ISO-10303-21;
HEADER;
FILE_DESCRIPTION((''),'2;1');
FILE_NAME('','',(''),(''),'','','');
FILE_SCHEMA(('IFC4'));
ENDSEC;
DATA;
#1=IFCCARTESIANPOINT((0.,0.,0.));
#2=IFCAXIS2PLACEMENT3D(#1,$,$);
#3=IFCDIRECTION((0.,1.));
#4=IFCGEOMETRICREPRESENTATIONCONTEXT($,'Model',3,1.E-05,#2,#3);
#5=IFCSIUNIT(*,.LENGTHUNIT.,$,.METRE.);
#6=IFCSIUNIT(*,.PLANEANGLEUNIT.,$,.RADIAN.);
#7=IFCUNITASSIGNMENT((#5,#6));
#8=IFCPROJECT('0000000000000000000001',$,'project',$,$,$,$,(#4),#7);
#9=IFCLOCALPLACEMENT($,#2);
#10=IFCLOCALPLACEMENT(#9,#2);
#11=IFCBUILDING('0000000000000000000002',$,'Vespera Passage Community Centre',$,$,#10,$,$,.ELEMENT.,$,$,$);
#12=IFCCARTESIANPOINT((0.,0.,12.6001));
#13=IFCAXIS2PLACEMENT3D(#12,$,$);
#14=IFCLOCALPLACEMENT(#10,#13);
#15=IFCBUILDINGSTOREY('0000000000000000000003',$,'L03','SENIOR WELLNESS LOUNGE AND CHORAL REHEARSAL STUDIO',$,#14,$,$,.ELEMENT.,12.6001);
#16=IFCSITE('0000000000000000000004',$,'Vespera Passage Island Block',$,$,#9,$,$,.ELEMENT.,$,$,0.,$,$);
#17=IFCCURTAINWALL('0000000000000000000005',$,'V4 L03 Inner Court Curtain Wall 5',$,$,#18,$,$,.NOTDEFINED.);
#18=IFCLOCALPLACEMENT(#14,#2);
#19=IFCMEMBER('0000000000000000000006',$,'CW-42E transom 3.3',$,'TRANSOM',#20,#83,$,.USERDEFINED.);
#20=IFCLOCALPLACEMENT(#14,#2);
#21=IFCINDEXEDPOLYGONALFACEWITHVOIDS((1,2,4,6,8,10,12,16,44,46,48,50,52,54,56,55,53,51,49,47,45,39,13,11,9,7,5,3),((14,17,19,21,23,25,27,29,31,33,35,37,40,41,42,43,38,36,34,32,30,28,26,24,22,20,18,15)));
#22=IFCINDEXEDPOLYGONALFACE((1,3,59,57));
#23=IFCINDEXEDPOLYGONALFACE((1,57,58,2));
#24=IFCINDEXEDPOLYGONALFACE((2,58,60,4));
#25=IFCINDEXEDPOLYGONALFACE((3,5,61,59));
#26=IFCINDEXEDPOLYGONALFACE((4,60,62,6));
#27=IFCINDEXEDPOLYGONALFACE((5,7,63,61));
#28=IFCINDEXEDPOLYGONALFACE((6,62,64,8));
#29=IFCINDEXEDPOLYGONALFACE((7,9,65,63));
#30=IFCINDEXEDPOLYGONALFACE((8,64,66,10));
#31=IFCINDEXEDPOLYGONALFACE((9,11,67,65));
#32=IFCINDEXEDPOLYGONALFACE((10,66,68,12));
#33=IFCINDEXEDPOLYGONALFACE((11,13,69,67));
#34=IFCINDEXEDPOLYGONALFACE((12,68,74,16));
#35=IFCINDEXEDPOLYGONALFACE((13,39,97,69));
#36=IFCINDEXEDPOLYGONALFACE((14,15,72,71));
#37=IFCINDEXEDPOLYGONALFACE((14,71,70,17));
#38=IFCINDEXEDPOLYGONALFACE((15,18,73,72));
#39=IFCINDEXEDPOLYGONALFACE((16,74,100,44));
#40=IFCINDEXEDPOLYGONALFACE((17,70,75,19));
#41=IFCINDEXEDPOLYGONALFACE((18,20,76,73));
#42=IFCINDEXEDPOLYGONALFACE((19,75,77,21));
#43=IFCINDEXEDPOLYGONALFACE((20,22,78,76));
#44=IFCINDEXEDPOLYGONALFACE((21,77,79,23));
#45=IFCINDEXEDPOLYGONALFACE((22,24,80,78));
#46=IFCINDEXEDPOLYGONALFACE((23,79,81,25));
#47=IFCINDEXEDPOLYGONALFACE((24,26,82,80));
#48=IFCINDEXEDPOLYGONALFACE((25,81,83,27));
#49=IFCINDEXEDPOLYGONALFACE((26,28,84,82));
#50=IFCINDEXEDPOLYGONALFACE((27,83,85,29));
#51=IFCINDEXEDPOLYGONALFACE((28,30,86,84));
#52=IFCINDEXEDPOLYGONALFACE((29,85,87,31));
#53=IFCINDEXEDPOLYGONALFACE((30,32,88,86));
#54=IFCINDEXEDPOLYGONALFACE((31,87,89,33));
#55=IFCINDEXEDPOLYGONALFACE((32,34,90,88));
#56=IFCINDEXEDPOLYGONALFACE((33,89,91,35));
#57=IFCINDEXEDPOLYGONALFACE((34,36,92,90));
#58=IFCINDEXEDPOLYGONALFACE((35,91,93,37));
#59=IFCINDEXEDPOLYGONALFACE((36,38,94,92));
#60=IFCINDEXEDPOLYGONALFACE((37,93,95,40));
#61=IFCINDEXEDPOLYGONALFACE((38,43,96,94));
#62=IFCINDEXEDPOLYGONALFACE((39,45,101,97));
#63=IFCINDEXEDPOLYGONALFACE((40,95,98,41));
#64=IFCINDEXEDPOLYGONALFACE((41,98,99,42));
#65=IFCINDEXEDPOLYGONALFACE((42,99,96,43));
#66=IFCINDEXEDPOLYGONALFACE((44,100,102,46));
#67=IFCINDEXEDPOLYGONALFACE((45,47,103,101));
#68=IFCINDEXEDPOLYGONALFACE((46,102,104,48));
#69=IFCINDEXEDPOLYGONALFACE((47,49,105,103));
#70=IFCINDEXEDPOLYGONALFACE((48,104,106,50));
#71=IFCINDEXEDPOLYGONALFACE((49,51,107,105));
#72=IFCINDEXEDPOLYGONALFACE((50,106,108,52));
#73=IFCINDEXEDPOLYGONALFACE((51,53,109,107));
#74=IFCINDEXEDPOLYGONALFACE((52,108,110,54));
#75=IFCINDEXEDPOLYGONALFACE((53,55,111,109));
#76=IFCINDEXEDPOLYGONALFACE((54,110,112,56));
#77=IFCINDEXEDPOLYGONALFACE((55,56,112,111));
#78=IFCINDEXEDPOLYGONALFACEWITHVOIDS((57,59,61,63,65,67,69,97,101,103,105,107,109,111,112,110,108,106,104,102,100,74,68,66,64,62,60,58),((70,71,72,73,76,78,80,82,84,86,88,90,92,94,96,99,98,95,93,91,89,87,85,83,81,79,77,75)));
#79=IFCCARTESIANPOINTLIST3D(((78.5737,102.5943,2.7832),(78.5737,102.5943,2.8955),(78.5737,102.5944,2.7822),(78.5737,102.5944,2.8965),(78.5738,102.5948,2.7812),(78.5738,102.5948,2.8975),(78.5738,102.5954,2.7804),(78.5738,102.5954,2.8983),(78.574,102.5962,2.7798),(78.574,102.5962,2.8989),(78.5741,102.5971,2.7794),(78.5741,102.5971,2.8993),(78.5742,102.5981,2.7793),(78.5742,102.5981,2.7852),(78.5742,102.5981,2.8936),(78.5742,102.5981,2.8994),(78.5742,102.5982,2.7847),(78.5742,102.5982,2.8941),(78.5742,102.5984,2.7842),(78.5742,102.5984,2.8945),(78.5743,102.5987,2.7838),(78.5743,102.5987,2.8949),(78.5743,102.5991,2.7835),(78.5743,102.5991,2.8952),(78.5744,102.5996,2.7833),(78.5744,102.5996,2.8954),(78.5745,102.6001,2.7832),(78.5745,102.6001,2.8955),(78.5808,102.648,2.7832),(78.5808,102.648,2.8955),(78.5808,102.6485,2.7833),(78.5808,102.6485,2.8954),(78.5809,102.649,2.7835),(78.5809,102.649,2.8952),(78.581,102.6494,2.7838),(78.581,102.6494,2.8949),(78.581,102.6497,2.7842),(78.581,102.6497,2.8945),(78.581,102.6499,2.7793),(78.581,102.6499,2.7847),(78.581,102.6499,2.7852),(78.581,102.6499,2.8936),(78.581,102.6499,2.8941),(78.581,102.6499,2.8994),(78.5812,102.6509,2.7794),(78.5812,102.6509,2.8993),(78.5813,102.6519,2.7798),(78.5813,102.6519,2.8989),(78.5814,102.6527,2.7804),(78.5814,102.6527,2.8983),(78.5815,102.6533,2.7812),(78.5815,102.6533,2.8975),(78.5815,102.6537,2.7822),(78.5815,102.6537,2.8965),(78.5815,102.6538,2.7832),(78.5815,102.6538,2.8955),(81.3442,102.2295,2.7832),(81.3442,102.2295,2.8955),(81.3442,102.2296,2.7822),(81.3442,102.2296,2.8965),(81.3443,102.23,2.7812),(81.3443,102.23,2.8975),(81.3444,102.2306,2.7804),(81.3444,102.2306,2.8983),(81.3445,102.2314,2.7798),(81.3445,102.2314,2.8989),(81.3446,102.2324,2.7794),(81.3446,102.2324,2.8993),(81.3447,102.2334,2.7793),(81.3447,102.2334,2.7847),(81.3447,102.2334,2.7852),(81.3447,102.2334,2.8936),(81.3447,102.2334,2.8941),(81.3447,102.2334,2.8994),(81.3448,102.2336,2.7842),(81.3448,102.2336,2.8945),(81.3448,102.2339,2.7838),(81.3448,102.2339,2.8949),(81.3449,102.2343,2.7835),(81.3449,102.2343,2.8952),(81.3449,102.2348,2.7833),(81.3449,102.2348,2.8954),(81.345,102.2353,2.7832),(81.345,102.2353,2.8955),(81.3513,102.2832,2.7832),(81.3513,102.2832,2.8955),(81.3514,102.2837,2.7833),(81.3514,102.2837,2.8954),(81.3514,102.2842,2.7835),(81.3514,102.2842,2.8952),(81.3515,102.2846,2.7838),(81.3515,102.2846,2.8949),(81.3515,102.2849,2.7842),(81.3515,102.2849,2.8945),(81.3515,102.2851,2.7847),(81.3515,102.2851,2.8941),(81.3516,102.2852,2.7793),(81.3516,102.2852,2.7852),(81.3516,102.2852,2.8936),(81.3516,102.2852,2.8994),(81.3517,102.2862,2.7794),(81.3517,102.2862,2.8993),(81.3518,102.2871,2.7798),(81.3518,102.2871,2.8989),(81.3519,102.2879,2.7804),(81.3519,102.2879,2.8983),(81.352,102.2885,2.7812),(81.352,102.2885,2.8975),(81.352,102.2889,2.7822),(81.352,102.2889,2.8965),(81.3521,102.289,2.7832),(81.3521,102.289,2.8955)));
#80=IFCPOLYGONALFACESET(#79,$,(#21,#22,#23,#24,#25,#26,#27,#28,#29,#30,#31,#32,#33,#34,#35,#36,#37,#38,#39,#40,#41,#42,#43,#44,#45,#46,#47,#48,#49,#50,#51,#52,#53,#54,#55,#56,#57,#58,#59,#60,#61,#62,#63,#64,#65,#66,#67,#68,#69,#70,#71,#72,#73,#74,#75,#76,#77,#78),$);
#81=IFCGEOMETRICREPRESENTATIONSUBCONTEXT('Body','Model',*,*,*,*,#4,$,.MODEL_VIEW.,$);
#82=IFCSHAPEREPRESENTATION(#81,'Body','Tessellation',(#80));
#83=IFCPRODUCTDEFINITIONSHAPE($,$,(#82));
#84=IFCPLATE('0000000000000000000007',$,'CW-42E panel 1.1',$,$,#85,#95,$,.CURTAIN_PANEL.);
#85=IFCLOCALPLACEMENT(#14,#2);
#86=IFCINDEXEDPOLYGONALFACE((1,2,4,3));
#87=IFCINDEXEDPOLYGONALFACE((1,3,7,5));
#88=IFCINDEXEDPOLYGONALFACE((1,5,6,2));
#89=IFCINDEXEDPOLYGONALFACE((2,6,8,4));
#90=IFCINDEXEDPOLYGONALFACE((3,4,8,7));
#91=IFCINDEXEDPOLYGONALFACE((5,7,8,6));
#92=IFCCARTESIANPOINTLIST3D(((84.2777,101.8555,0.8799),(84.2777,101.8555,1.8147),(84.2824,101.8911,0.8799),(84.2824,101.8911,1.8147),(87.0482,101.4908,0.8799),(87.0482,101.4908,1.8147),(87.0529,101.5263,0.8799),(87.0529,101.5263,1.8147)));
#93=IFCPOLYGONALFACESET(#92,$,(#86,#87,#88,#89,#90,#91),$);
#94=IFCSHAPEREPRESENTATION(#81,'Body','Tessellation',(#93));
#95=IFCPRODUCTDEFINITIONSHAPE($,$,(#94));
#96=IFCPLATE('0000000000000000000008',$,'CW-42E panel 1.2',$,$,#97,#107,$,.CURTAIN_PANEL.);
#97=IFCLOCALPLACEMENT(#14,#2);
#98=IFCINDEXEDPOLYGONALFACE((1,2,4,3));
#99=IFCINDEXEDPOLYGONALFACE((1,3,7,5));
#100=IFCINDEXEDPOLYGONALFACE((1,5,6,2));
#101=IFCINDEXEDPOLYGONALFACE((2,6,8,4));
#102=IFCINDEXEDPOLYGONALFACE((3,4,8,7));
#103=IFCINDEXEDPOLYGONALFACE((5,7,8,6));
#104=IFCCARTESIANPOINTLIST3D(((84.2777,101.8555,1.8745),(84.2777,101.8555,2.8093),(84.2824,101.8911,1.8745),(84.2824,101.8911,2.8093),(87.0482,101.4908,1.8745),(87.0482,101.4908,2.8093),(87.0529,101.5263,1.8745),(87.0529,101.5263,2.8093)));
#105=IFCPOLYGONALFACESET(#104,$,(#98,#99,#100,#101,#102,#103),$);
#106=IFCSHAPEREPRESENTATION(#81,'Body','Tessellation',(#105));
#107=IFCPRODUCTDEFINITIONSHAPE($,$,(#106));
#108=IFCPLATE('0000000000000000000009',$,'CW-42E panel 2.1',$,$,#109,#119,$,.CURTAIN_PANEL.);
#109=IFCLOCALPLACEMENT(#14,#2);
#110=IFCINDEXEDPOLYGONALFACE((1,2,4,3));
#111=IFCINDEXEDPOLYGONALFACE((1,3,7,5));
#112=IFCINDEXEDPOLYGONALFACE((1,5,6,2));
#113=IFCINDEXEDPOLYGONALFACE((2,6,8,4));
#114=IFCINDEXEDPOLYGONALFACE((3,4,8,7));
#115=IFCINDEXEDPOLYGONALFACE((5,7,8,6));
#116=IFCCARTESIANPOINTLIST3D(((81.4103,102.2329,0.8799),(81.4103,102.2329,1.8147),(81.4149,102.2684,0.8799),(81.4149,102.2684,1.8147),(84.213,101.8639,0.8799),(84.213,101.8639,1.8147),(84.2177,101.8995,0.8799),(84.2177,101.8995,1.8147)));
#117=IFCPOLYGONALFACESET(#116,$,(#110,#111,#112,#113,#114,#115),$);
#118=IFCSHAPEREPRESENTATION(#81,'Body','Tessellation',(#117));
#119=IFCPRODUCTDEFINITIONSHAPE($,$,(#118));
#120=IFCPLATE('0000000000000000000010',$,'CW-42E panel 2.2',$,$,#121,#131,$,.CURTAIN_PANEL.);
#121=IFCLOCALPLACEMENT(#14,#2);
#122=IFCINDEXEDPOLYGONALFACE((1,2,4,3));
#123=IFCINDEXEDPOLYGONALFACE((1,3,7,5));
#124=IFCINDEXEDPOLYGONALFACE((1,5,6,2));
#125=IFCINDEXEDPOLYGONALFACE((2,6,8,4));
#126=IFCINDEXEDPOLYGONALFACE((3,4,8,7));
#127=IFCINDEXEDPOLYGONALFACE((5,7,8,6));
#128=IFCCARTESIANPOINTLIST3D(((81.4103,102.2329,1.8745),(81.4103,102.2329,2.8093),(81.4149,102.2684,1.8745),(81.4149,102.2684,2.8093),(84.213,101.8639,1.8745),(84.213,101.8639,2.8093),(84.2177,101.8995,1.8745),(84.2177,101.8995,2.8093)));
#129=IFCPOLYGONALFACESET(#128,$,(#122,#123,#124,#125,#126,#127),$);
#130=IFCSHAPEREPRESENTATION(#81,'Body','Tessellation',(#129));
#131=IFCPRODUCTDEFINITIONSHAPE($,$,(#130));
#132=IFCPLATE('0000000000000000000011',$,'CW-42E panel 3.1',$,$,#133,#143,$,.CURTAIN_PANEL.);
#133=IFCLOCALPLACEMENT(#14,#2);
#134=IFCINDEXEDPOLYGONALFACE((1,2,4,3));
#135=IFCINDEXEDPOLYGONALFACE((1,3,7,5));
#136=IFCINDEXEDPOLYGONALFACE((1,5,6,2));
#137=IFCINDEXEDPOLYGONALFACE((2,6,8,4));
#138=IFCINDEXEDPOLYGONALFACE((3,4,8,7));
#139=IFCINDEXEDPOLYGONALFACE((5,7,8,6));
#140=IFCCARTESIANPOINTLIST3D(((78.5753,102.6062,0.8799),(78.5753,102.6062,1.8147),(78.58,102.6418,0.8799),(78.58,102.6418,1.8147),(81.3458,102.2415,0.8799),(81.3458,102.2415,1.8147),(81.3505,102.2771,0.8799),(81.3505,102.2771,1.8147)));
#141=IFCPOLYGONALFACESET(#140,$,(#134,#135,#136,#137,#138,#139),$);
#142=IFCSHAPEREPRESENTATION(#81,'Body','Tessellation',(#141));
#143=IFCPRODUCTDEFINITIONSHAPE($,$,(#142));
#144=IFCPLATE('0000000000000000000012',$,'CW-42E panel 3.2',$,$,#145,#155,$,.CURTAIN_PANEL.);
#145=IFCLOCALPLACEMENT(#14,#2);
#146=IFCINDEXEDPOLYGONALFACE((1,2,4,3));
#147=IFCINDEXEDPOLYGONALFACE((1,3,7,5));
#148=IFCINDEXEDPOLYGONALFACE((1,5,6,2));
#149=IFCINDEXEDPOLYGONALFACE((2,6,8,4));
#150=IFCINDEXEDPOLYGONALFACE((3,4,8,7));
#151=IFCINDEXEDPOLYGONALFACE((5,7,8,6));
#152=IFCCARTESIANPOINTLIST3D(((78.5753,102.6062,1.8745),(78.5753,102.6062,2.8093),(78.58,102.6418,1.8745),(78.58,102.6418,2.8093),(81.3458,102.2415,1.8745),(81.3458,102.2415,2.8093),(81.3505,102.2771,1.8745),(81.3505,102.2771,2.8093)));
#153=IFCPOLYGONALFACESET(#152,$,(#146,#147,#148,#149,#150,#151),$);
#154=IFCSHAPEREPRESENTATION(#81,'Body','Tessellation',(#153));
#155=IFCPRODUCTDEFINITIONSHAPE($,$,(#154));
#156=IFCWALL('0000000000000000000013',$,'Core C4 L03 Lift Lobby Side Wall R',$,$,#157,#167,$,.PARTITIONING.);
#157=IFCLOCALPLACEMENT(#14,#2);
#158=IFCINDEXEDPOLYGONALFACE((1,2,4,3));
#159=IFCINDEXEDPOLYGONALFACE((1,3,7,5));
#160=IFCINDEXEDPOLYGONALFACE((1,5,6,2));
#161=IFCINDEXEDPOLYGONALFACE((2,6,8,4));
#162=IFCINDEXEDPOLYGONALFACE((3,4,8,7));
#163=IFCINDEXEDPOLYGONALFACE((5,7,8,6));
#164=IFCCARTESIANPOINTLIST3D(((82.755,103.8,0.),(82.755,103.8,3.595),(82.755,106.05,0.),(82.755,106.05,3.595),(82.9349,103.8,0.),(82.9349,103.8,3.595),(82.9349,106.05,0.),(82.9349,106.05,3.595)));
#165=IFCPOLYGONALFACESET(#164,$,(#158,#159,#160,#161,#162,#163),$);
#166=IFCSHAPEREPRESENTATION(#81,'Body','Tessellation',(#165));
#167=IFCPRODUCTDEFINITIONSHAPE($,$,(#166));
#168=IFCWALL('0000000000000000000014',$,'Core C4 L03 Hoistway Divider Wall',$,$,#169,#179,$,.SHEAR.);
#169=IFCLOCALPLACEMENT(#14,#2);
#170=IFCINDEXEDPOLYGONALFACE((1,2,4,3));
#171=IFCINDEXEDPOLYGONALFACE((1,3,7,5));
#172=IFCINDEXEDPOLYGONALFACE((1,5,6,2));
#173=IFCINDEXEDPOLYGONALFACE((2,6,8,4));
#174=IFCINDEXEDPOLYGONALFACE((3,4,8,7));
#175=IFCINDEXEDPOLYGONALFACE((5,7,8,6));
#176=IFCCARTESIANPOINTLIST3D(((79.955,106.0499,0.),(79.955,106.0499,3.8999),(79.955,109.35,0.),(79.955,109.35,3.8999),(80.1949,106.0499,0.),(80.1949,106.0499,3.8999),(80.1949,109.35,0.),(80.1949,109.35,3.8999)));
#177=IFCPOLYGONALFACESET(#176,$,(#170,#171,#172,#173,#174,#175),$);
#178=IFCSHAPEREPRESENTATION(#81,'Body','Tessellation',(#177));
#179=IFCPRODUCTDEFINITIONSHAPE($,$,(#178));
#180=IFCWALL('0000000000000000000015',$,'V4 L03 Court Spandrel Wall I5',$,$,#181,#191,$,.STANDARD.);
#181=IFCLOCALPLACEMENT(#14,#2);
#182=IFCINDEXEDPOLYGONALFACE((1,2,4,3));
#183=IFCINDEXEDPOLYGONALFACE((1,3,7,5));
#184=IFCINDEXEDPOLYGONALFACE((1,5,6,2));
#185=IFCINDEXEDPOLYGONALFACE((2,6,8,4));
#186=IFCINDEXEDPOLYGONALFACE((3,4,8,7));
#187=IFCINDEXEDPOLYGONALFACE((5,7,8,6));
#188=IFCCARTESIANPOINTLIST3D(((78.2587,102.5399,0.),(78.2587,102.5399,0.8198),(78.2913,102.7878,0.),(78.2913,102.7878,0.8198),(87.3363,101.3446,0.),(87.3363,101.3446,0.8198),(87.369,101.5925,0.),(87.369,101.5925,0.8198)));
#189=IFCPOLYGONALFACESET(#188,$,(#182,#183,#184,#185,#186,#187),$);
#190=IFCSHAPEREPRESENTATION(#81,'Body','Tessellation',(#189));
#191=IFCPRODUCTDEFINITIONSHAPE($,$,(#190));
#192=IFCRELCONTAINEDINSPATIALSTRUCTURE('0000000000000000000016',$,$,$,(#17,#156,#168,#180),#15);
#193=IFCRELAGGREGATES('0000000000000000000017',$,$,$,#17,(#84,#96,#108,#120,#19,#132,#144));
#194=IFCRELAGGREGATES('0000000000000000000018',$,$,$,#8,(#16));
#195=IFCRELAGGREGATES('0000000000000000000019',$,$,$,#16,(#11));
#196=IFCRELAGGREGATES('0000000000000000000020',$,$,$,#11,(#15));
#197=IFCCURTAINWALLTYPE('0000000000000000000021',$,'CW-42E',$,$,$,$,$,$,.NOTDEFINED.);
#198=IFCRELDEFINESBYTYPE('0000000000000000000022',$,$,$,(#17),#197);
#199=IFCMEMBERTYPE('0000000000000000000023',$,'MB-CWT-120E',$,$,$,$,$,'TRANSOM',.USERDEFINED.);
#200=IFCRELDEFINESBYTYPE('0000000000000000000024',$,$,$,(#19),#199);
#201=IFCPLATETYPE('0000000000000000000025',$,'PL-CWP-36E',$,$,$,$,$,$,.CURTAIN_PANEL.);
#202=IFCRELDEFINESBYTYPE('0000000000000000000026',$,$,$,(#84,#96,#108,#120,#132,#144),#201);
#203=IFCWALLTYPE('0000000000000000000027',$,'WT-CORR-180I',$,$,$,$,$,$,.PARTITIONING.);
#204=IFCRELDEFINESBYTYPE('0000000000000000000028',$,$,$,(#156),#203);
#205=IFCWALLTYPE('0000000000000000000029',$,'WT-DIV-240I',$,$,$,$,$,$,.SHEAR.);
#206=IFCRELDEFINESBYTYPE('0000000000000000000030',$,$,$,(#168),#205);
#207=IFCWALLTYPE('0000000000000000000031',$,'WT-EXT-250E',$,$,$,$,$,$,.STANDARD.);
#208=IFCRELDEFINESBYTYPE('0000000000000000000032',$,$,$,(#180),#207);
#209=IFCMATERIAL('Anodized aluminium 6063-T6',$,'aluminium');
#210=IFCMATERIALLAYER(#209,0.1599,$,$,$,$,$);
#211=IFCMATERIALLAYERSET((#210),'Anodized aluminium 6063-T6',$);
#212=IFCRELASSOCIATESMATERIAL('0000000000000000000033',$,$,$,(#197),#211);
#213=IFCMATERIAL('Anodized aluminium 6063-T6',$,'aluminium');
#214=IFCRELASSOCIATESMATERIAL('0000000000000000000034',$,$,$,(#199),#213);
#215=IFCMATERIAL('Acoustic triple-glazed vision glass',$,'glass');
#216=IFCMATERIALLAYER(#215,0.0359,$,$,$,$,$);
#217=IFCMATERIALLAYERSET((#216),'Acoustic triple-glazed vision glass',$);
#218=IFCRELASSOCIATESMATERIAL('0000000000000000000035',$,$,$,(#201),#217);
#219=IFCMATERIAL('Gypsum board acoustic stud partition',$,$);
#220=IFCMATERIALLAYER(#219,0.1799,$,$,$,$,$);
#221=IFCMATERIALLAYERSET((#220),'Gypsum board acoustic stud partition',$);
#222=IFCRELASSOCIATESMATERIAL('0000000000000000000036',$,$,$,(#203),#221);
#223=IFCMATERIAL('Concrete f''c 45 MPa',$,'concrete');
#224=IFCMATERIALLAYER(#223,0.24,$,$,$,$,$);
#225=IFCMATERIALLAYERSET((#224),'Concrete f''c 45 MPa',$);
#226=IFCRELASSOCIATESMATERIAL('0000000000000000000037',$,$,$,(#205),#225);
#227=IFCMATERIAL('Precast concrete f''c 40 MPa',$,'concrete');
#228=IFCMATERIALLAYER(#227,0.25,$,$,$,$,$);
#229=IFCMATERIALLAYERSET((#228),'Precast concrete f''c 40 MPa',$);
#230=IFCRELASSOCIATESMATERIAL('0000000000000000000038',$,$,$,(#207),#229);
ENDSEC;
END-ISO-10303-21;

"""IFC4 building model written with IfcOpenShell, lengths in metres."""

from ifc_helpers import new_model, si_unit, direction, frame, frame_2d, origin, origin_2d, place, context, subcontext, project, spatial, rectangle, hollow_rectangle, extrude, material, layer, layer_set, material_profile, profile_set, type_object, element, aggregate, save


model = new_model("IFC4")

# Units and contexts
model_context = context("Model", 3, precision=1e-05, world=origin(), true_north=direction((0.0, 1.0)))
body_context = subcontext(model_context, "Body", "Model", "MODEL_VIEW")
ifc_project = project(units=[si_unit("LENGTHUNIT", "METRE"), si_unit("PLANEANGLEUNIT", "RADIAN")], contexts=[model_context])

# Site, building, storey
site_placement = place(None, origin())
site = spatial("IfcSite", under=ifc_project, at=site_placement, Name="Vespera Passage Island Block", CompositionType="ELEMENT", RefElevation=0.0)
building_placement = place(site_placement, origin())
building = spatial("IfcBuilding", under=site, at=building_placement, Name="Vespera Passage Community Centre", CompositionType="ELEMENT")
storey_placement = place(building_placement, frame((0.0, 0.0, 12.6001)))
storey = spatial("IfcBuildingStorey", under=building, at=storey_placement, Name="L03", Description="SENIOR WELLNESS LOUNGE AND CHORAL REHEARSAL STUDIO", CompositionType="ELEMENT", Elevation=12.6001)

# Curtain wall, member, plates
ifc_material_1 = material(Name="Anodized aluminium 6063-T6", Category="aluminium")
ifc_layer_1 = layer(ifc_material_1, 0.1599)
ifc_layer_set_1 = layer_set([ifc_layer_1], Name="Anodized aluminium 6063-T6")
curtain_wall_type = type_object("IfcCurtainWallType", Name="CW-42E", PredefinedType="NOTDEFINED", material=ifc_layer_set_1)
curtain_wall_placement = place(storey_placement, origin())
curtain_wall = element("IfcCurtainWall", 1, at=curtain_wall_placement, inside=storey, type_object=curtain_wall_type, Name="V4 L03 Inner Court Curtain Wall 5", PredefinedType="NOTDEFINED")
ifc_material_2 = material(Name="Anodized aluminium 6063-T6", Category="aluminium")
ifc_material_profile_1 = material_profile(ifc_material_2, hollow_rectangle(XDim=0.0601, YDim=0.1201, WallThickness=0.0039, InnerFilletRadius=0.002, OuterFilletRadius=0.0039, at=origin_2d()), Name="ALU120X60X4")
ifc_profile_set_1 = profile_set([ifc_material_profile_1], Name="Anodized aluminium 6063-T6")
member_type_1 = type_object("IfcMemberType", Name="MB-CWT-120E", ElementType="TRANSOM", PredefinedType="USERDEFINED", material=ifc_profile_set_1)
member_1_placement = place(storey_placement, frame((81.3481, 102.2593, 2.8394), z_axis=(-0.991445, 0.130527, 0.0), x_axis=(-0.130527, -0.991445, 0.0)))
member_1 = element("IfcMember", 2, at=member_1_placement, type_object=member_type_1, Name="CW-42E transom 3.3", ObjectType="TRANSOM", PredefinedType="USERDEFINED", context=body_context, shape_type="SweptSolid", body=[
    extrude(hollow_rectangle(XDim=0.0601, YDim=0.1201, WallThickness=0.0039, InnerFilletRadius=0.002, OuterFilletRadius=0.0039, at=origin_2d()), origin(), (0.0, 0.0, 1.0), 2.7944),
])
ifc_material_3 = material(Name="Acoustic triple-glazed vision glass", Category="glass")
ifc_layer_2 = layer(ifc_material_3, 0.0359)
ifc_layer_set_2 = layer_set([ifc_layer_2], Name="Acoustic triple-glazed vision glass")
plate_type = type_object("IfcPlateType", Name="PL-CWP-36E", PredefinedType="CURTAIN_PANEL", material=ifc_layer_set_2)
plate_1_placement = place(storey_placement, frame((85.6653, 101.6909, 0.8799), z_axis=(0.0, 0.0, 1.0), x_axis=(-0.991445, 0.130522, 0.0)))
plate_1 = element("IfcPlate", 3, at=plate_1_placement, type_object=plate_type, Name="CW-42E panel 1.1", PredefinedType="CURTAIN_PANEL", context=body_context, shape_type="SweptSolid", body=[
    extrude(rectangle(XDim=2.7944, YDim=0.0359, at=origin_2d()), origin(), (0.0, 0.0, 1.0), 0.9348),
])
plate_2_placement = place(storey_placement, frame((85.6653, 101.6909, 1.8745), z_axis=(0.0, 0.0, 1.0), x_axis=(-0.991445, 0.130522, 0.0)))
plate_2 = element("IfcPlate", 4, at=plate_2_placement, type_object=plate_type, Name="CW-42E panel 1.2", PredefinedType="CURTAIN_PANEL", context=body_context, shape_type="SweptSolid", body=[
    extrude(rectangle(XDim=2.7944, YDim=0.0359, at=origin_2d()), origin(), (0.0, 0.0, 1.0), 0.9348),
])
plate_3_placement = place(storey_placement, frame((82.814, 102.0662, 0.8799), z_axis=(0.0, 0.0, 1.0), x_axis=(-0.991445, 0.130522, 0.0)))
plate_3 = element("IfcPlate", 5, at=plate_3_placement, type_object=plate_type, Name="CW-42E panel 2.1", PredefinedType="CURTAIN_PANEL", context=body_context, shape_type="SweptSolid", body=[
    extrude(rectangle(XDim=2.8269, YDim=0.0359, at=origin_2d()), origin(), (0.0, 0.0, 1.0), 0.9348),
])
plate_4_placement = place(storey_placement, frame((82.814, 102.0662, 1.8745), z_axis=(0.0, 0.0, 1.0), x_axis=(-0.991445, 0.130522, 0.0)))
plate_4 = element("IfcPlate", 6, at=plate_4_placement, type_object=plate_type, Name="CW-42E panel 2.2", PredefinedType="CURTAIN_PANEL", context=body_context, shape_type="SweptSolid", body=[
    extrude(rectangle(XDim=2.8269, YDim=0.0359, at=origin_2d()), origin(), (0.0, 0.0, 1.0), 0.9348),
])
plate_5_placement = place(storey_placement, frame((79.9629, 102.4417, 0.8799), z_axis=(0.0, 0.0, 1.0), x_axis=(-0.991445, 0.130522, 0.0)))
plate_5 = element("IfcPlate", 7, at=plate_5_placement, type_object=plate_type, Name="CW-42E panel 3.1", PredefinedType="CURTAIN_PANEL", context=body_context, shape_type="SweptSolid", body=[
    extrude(rectangle(XDim=2.7944, YDim=0.0359, at=origin_2d()), origin(), (0.0, 0.0, 1.0), 0.9348),
])
plate_6_placement = place(storey_placement, frame((79.9629, 102.4417, 1.8745), z_axis=(0.0, 0.0, 1.0), x_axis=(-0.991445, 0.130522, 0.0)))
plate_6 = element("IfcPlate", 8, at=plate_6_placement, type_object=plate_type, Name="CW-42E panel 3.2", PredefinedType="CURTAIN_PANEL", context=body_context, shape_type="SweptSolid", body=[
    extrude(rectangle(XDim=2.7944, YDim=0.0359, at=origin_2d()), origin(), (0.0, 0.0, 1.0), 0.9348),
])
aggregate(curtain_wall, [plate_1, plate_2, plate_3, plate_4, member_1, plate_5, plate_6])

# Walls
ifc_material_4 = material(Name="Gypsum board acoustic stud partition")
ifc_layer_3 = layer(ifc_material_4, 0.1799)
ifc_layer_set_3 = layer_set([ifc_layer_3], Name="Gypsum board acoustic stud partition")
wall_type_1 = type_object("IfcWallType", Name="WT-CORR-180I", PredefinedType="PARTITIONING", material=ifc_layer_set_3)
wall_1_placement = place(storey_placement, frame((82.845, 106.05, 0.0), z_axis=(0.0, 0.0, 1.0), x_axis=(0.0, -1.0, 0.0)))
element("IfcWall", 9, at=wall_1_placement, inside=storey, type_object=wall_type_1, Name="Core C4 L03 Lift Lobby Side Wall R", PredefinedType="PARTITIONING", context=body_context, shape_type="SweptSolid", body=[
    extrude(rectangle(XDim=2.25, YDim=0.1799, at=frame_2d((1.125, 0.0))), origin(), (0.0, 0.0, 1.0), 3.595),
])
ifc_material_5 = material(Name="Concrete f'c 45 MPa", Category="concrete")
ifc_layer_4 = layer(ifc_material_5, 0.24)
ifc_layer_set_4 = layer_set([ifc_layer_4], Name="Concrete f'c 45 MPa")
wall_type_2 = type_object("IfcWallType", Name="WT-DIV-240I", PredefinedType="SHEAR", material=ifc_layer_set_4)
wall_2_placement = place(storey_placement, frame((80.075, 106.05, 0.0), z_axis=(0.0, 0.0, 1.0), x_axis=(0.0, 1.0, 0.0)))
element("IfcWall", 10, at=wall_2_placement, inside=storey, type_object=wall_type_2, Name="Core C4 L03 Hoistway Divider Wall", PredefinedType="SHEAR", context=body_context, shape_type="SweptSolid", body=[
    extrude(rectangle(XDim=3.3, YDim=0.24, at=frame_2d((1.6499, 0.0))), origin(), (0.0, 0.0, 1.0), 3.8999),
])
ifc_material_6 = material(Name="Precast concrete f'c 40 MPa", Category="concrete")
ifc_layer_5 = layer(ifc_material_6, 0.25)
ifc_layer_set_5 = layer_set([ifc_layer_5], Name="Precast concrete f'c 40 MPa")
wall_type_3 = type_object("IfcWallType", Name="WT-EXT-250E", PredefinedType="STANDARD", material=ifc_layer_set_5)
wall_3_placement = place(storey_placement, frame((87.3528, 101.4685, 0.0), z_axis=(0.0, 0.0, 1.0), x_axis=(-0.991442, 0.13055, 0.0)))
element("IfcWall", 11, at=wall_3_placement, inside=storey, type_object=wall_type_3, Name="V4 L03 Court Spandrel Wall I5", PredefinedType="STANDARD", context=body_context, shape_type="SweptSolid", body=[
    extrude(rectangle(XDim=9.156, YDim=0.25, at=frame_2d((4.5781, 0.0))), origin(), (0.0, 0.0, 1.0), 0.8198),
])

save(model, "model.ifc")
